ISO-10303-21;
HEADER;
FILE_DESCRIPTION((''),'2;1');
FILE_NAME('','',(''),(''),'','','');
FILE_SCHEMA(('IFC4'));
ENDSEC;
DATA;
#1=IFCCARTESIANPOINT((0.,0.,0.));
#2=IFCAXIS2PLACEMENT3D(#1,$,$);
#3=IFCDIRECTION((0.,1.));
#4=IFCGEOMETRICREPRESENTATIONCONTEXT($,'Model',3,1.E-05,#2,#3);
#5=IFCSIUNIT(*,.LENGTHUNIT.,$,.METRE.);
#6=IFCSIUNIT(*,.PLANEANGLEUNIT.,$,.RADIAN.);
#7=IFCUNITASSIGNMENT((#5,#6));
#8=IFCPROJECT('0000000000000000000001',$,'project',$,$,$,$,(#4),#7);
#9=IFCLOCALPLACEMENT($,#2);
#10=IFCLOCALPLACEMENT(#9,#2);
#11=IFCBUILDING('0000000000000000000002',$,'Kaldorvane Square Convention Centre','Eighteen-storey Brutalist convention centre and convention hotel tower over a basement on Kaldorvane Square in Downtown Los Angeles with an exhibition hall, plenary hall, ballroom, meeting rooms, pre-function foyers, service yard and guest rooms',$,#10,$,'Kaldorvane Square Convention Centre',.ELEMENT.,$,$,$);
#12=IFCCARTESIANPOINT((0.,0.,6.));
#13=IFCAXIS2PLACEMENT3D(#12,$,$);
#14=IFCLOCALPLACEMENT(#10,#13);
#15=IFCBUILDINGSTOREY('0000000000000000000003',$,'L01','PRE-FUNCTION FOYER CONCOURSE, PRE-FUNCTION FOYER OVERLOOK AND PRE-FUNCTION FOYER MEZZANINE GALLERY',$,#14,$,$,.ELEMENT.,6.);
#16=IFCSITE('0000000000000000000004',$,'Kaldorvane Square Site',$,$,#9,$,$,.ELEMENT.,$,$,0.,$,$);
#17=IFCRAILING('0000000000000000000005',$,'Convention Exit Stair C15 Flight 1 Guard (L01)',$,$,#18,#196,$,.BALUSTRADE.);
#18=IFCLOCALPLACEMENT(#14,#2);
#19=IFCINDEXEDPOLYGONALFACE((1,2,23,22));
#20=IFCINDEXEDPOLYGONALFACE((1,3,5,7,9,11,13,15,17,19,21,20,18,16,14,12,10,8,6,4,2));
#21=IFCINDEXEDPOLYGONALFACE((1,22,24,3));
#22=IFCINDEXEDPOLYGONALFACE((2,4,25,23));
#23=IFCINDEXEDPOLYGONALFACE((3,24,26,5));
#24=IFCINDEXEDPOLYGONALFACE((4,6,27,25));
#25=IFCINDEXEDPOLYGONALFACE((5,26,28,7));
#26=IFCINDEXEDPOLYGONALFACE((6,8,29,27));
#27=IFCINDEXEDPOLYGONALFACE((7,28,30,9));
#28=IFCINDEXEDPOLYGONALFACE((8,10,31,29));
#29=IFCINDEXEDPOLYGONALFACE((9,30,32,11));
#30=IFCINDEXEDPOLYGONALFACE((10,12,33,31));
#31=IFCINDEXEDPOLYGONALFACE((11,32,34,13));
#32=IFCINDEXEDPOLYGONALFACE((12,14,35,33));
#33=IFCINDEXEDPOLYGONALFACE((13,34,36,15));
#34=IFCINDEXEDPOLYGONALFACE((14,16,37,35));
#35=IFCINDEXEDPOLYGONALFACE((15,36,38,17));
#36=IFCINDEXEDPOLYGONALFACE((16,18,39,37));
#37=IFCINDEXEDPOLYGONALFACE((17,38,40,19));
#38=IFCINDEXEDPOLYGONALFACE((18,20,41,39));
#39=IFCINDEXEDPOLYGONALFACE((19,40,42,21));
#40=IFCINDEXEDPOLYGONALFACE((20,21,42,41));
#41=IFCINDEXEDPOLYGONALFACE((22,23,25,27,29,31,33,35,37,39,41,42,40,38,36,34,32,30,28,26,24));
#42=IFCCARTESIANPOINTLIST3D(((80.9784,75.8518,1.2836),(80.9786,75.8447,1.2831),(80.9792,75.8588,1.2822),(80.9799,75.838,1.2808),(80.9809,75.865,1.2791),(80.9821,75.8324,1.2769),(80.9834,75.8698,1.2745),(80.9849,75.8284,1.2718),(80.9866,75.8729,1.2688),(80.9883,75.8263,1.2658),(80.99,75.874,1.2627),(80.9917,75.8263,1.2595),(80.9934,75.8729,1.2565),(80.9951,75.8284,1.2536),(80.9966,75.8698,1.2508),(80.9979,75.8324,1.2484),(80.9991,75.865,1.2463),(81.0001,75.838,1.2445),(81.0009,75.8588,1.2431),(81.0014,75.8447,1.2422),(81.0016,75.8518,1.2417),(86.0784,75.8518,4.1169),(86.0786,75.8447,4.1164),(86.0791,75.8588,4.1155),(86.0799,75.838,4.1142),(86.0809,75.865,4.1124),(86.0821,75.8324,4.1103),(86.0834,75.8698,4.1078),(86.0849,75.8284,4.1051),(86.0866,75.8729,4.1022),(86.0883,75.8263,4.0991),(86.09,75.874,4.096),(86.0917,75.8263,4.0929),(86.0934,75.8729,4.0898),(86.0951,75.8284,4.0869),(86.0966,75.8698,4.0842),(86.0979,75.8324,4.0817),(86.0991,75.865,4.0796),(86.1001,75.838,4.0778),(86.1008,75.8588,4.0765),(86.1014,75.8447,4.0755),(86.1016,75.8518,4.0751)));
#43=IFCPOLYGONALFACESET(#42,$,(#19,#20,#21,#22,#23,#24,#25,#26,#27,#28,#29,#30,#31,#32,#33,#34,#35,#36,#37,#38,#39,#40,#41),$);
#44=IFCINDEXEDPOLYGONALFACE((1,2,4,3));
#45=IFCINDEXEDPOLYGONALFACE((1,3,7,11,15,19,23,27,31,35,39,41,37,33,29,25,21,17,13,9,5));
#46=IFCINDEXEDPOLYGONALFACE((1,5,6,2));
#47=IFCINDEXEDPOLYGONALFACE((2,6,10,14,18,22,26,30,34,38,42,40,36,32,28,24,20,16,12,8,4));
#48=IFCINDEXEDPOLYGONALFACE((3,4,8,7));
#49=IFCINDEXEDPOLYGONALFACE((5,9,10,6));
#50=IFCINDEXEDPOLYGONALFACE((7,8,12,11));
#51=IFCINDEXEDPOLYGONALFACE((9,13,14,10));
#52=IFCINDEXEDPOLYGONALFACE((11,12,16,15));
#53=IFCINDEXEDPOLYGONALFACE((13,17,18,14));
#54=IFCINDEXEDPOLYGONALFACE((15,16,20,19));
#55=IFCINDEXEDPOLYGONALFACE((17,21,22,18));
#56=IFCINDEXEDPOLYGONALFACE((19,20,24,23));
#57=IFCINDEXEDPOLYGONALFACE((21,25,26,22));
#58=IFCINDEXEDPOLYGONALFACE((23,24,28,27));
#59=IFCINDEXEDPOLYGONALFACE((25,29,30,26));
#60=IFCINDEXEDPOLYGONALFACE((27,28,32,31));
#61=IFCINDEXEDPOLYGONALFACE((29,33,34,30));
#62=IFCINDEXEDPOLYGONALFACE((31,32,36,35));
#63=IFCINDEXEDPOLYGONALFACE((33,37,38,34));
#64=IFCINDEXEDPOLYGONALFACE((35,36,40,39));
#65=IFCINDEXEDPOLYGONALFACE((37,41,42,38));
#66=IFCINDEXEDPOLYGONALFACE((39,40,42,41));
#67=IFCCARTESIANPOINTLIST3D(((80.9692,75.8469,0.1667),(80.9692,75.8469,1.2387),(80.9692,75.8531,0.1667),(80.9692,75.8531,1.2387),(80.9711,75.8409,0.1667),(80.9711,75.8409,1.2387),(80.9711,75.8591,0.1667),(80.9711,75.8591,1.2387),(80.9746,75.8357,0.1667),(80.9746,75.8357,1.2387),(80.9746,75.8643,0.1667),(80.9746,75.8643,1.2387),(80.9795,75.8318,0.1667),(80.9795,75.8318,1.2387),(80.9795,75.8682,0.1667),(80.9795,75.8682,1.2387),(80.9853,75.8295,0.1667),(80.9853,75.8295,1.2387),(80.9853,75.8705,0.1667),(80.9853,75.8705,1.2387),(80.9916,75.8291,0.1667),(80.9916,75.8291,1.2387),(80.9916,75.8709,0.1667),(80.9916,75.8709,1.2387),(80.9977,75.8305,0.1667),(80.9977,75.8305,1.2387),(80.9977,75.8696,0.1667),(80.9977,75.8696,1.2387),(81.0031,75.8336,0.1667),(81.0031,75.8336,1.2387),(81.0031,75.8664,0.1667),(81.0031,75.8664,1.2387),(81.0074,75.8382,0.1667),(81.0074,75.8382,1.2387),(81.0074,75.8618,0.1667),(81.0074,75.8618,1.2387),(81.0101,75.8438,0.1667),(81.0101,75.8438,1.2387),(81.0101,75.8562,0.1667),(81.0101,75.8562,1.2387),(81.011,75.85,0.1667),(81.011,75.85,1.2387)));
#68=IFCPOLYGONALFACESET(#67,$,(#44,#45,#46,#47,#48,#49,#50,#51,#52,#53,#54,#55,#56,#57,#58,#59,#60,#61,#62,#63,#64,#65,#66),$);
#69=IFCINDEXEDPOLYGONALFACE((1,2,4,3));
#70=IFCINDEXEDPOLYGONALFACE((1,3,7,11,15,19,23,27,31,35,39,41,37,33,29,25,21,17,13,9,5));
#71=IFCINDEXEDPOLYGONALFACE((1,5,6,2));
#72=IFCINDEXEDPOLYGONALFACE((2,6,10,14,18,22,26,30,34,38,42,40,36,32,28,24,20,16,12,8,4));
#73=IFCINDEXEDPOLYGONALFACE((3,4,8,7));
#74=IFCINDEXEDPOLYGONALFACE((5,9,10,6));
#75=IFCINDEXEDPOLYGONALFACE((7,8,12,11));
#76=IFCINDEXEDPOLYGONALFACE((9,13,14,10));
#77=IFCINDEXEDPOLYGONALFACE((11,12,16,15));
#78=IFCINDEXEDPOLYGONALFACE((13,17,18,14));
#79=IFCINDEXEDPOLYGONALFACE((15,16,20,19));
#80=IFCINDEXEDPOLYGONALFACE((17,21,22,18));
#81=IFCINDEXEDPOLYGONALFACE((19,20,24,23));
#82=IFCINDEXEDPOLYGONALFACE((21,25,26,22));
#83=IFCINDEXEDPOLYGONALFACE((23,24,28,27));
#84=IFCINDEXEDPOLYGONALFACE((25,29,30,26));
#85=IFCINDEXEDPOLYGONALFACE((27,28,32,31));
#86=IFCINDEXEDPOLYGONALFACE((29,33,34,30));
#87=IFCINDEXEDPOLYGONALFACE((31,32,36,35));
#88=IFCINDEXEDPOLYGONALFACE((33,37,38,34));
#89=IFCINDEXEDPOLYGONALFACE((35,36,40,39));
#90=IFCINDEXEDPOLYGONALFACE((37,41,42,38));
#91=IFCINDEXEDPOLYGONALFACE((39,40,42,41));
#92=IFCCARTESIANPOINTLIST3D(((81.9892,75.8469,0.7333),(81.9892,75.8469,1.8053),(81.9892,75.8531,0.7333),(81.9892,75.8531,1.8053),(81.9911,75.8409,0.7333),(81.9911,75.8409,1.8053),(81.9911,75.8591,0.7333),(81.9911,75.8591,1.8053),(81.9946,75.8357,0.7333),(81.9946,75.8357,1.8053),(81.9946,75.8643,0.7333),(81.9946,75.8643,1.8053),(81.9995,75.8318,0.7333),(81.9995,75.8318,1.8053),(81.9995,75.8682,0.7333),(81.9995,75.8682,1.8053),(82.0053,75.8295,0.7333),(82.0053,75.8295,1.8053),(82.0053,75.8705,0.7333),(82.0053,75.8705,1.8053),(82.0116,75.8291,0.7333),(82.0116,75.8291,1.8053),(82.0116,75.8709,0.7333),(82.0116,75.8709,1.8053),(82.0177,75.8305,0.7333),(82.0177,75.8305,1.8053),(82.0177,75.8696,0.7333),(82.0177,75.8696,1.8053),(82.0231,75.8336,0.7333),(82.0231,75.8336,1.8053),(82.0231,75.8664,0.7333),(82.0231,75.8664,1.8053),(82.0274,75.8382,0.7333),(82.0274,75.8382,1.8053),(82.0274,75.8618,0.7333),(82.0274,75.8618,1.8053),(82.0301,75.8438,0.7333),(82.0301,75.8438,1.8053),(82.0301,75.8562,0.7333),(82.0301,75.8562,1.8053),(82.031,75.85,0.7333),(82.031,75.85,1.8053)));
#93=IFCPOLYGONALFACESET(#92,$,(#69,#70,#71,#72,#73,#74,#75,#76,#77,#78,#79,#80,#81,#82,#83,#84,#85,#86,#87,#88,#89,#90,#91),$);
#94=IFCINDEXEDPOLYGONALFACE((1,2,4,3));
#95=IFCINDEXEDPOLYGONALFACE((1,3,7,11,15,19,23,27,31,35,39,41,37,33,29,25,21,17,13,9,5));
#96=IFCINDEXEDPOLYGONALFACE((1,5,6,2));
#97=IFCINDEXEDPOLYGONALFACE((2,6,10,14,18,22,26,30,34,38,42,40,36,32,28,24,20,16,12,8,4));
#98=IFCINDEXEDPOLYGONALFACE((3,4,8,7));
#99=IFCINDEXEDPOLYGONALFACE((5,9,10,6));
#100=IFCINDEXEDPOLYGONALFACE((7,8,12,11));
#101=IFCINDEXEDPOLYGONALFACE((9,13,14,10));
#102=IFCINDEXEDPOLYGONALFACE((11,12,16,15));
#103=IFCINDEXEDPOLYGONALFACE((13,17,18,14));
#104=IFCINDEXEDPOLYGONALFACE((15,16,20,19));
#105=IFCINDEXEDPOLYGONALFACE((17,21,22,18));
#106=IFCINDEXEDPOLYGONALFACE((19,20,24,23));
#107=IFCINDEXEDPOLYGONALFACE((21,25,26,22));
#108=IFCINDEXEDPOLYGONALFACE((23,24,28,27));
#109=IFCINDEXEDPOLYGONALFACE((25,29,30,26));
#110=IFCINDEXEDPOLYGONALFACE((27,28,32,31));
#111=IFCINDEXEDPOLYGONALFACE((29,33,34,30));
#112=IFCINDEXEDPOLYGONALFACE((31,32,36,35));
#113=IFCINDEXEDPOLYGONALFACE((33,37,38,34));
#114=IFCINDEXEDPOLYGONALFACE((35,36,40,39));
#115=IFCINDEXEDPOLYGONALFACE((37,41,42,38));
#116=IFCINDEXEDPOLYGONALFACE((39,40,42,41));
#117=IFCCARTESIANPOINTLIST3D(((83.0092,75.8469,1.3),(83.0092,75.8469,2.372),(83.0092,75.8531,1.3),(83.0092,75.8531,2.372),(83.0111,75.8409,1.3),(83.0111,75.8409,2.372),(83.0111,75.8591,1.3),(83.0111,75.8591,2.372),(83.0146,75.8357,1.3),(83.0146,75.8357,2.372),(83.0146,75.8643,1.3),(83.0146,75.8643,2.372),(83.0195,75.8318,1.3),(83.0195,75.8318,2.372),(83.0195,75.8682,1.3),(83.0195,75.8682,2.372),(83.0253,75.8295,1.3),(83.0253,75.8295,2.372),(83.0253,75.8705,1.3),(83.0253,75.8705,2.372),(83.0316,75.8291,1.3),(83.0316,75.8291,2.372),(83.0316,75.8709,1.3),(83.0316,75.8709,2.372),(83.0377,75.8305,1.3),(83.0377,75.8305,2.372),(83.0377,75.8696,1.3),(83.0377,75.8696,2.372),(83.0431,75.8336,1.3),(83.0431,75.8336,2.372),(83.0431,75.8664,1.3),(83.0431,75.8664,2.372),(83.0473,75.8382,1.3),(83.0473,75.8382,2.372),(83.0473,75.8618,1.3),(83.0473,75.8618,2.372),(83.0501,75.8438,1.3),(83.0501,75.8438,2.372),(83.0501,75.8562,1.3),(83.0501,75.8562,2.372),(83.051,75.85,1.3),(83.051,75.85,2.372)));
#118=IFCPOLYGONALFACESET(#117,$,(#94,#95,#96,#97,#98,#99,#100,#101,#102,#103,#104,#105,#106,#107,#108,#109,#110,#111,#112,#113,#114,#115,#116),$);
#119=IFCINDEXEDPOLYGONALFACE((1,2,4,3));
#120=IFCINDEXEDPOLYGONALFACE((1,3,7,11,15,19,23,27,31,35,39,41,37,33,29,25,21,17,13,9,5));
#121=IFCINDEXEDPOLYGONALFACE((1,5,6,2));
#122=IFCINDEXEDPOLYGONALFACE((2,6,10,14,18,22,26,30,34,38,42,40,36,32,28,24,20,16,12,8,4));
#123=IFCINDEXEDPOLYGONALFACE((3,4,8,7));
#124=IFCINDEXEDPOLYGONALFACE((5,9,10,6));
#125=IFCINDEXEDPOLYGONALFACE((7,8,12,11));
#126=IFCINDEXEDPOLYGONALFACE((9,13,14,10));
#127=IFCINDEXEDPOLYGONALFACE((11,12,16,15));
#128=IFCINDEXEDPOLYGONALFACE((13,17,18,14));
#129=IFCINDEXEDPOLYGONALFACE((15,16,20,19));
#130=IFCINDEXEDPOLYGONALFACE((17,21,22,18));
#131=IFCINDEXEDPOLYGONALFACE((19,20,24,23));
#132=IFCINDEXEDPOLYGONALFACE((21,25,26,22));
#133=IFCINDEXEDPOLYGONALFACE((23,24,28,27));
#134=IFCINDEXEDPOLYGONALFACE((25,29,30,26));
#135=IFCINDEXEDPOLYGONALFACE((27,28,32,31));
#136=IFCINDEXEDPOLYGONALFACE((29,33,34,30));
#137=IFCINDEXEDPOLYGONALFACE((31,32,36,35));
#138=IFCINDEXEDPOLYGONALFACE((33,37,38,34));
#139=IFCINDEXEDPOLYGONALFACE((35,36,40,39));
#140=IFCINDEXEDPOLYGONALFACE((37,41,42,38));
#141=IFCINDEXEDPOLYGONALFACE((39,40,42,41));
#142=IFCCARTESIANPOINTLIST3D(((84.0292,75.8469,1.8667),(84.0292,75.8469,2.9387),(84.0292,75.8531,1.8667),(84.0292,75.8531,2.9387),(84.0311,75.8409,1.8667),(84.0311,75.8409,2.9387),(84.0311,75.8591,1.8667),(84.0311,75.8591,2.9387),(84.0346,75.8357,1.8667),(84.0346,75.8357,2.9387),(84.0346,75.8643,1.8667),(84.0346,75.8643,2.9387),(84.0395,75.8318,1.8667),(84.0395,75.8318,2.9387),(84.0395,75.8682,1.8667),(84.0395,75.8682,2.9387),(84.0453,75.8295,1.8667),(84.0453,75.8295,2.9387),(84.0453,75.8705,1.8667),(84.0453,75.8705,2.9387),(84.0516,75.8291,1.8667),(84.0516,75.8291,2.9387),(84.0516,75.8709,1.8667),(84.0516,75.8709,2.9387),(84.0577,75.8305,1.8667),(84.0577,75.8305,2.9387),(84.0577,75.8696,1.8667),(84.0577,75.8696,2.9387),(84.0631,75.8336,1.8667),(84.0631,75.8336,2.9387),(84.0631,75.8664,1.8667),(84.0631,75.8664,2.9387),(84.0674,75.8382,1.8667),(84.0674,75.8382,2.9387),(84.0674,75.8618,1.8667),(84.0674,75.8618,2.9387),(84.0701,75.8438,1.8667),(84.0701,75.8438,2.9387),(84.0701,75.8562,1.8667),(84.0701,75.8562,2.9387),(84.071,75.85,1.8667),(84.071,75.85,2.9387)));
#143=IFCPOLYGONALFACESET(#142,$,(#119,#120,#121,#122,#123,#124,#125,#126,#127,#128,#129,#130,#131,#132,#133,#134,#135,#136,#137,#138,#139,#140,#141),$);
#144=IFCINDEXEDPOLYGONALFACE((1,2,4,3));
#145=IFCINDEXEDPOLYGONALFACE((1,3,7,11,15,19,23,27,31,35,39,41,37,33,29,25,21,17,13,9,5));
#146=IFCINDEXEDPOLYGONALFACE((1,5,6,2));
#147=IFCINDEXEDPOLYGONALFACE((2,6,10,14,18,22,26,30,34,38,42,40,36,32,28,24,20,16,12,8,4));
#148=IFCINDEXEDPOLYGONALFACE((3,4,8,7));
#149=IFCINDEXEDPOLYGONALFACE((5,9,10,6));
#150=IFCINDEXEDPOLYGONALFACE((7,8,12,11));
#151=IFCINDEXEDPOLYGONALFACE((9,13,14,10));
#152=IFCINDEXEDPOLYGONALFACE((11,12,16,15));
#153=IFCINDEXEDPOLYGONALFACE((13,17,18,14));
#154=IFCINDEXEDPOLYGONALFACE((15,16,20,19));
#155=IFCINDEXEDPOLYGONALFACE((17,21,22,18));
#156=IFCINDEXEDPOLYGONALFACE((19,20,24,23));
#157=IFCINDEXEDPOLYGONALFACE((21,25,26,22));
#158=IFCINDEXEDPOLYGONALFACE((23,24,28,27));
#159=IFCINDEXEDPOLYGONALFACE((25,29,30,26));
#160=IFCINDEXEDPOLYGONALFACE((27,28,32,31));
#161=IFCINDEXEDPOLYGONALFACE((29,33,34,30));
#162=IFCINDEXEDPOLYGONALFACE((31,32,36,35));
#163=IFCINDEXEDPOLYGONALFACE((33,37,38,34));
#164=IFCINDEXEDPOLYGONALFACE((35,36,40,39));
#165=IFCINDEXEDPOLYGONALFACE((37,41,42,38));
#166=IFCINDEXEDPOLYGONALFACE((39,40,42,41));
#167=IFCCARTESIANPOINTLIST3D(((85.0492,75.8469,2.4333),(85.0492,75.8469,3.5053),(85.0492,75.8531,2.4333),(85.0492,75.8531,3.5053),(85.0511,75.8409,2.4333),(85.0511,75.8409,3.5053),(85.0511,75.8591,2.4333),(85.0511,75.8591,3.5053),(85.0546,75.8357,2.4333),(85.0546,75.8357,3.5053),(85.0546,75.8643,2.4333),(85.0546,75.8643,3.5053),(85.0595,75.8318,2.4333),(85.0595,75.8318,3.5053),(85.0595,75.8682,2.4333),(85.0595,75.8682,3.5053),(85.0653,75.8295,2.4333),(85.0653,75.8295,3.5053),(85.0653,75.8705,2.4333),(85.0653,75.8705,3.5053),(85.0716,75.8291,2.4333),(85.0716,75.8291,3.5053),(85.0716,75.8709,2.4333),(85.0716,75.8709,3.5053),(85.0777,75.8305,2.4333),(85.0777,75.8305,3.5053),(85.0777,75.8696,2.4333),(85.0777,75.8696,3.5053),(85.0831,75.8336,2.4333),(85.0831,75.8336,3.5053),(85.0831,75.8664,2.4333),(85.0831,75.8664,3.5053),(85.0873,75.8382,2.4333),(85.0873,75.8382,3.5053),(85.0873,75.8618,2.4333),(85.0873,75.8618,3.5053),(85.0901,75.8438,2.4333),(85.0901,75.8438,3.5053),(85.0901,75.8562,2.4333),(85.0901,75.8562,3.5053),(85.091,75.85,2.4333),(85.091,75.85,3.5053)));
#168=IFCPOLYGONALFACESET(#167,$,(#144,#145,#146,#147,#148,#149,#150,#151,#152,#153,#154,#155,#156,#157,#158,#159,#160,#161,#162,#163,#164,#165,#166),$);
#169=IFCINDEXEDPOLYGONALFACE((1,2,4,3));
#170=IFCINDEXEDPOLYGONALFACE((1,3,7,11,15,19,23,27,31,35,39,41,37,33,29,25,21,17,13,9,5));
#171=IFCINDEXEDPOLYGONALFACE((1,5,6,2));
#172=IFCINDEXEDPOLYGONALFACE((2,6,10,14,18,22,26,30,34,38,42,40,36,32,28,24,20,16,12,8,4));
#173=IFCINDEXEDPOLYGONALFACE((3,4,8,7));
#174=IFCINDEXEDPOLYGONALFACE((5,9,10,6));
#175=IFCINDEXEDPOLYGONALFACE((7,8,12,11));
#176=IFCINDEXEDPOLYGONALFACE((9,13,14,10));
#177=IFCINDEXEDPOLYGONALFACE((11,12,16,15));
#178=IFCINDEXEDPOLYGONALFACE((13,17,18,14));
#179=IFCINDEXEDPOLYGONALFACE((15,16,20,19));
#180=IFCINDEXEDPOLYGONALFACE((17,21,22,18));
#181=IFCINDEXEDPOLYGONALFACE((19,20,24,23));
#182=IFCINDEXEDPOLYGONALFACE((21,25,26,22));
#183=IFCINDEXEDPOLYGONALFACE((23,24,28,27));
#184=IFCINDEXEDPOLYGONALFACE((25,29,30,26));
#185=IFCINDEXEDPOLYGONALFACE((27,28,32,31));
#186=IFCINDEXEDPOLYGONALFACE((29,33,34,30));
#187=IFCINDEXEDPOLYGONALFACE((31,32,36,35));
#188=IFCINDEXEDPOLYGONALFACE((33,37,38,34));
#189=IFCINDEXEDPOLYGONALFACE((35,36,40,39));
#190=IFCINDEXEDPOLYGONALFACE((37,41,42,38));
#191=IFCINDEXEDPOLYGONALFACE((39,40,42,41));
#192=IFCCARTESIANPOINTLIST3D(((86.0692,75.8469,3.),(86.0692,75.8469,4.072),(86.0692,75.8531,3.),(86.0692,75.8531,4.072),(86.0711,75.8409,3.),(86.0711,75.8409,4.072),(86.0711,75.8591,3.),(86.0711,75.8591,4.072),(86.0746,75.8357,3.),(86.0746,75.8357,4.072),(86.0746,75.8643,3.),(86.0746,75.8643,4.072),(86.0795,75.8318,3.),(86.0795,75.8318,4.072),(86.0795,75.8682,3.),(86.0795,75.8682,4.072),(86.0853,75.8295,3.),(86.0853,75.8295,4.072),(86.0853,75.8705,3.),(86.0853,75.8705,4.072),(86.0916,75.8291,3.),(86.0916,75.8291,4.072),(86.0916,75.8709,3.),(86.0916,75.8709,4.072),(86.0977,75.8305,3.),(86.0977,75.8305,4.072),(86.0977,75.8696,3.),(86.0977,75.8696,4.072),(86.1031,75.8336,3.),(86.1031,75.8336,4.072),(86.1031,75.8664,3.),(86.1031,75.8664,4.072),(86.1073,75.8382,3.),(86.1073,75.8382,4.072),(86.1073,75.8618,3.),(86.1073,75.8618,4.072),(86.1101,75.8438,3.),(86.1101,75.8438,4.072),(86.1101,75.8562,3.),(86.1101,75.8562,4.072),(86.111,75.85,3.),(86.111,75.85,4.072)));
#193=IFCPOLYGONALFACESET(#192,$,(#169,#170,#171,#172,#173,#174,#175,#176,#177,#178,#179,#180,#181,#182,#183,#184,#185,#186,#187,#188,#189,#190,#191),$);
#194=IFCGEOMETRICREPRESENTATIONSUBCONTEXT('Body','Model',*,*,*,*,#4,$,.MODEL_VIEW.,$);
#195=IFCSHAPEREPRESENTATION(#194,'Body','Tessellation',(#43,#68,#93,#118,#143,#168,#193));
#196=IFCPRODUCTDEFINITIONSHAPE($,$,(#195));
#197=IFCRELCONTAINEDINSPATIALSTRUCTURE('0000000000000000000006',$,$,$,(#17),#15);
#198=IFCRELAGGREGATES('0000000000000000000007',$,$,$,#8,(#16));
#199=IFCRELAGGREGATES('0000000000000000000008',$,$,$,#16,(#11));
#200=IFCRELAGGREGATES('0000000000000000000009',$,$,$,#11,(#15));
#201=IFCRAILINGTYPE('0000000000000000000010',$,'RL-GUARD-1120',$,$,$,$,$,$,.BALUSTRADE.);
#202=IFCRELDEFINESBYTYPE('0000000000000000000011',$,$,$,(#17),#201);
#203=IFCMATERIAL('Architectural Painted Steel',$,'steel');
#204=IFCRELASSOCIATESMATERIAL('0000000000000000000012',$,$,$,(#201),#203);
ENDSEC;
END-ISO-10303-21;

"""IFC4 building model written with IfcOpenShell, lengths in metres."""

from ifc_helpers import new_model, si_unit, direction, frame, origin, origin_2d, place, context, subcontext, project, spatial, circle, extrude, material, type_object, element, save


model = new_model("IFC4")

# Units and contexts
model_context = context("Model", 3, precision=1e-05, world=origin(), true_north=direction((0.0, 1.0)))
body_context = subcontext(model_context, "Body", "Model", "MODEL_VIEW")
ifc_project = project(units=[si_unit("LENGTHUNIT", "METRE"), si_unit("PLANEANGLEUNIT", "RADIAN")], contexts=[model_context])

# Site, building, storey
site_placement = place(None, origin())
site = spatial("IfcSite", under=ifc_project, at=site_placement, Name="Kaldorvane Square Site", CompositionType="ELEMENT", RefElevation=0.0)
building_placement = place(site_placement, origin())
building = spatial("IfcBuilding", under=site, at=building_placement, Name="Kaldorvane Square Convention Centre", Description="Eighteen-storey Brutalist convention centre and convention hotel tower over a basement on Kaldorvane Square in Downtown Los Angeles with an exhibition hall, plenary hall, ballroom, meeting rooms, pre-function foyers, service yard and guest rooms", LongName="Kaldorvane Square Convention Centre", CompositionType="ELEMENT")
storey_placement = place(building_placement, frame((0.0, 0.0, 6.0)))
storey = spatial("IfcBuildingStorey", under=building, at=storey_placement, Name="L01", Description="PRE-FUNCTION FOYER CONCOURSE, PRE-FUNCTION FOYER OVERLOOK AND PRE-FUNCTION FOYER MEZZANINE GALLERY", CompositionType="ELEMENT", Elevation=6.0)

# Railing
ifc_material_1 = material(Name="Architectural Painted Steel", Category="steel")
railing_type_1 = type_object("IfcRailingType", Name="RL-GUARD-1120", PredefinedType="BALUSTRADE", material=ifc_material_1)
railing_1_placement = place(storey_placement, frame((80.99, 75.85, 0.1667)))
element("IfcRailing", 1, at=railing_1_placement, inside=storey, type_object=railing_type_1, Name="Convention Exit Stair C15 Flight 1 Guard (L01)", PredefinedType="BALUSTRADE", context=body_context, shape_type="SweptSolid", body=[
    extrude(circle(Radius=0.024, at=origin_2d()), frame((0.0, 0.0, 1.096), z_axis=(0.874157, 0.0, 0.485643), x_axis=(0.0, 1.0, 0.0)), (0.0, 0.0, 1.0), 5.8342),
    extrude(circle(Radius=0.021, at=origin_2d()), origin(), (0.0, 0.0, 1.0), 1.072),
    extrude(circle(Radius=0.021, at=origin_2d()), frame((1.02, 0.0, 0.5667)), (0.0, 0.0, 1.0), 1.072),
    extrude(circle(Radius=0.021, at=origin_2d()), frame((2.04, 0.0, 1.1333)), (0.0, 0.0, 1.0), 1.072),
    extrude(circle(Radius=0.021, at=origin_2d()), frame((3.06, 0.0, 1.7)), (0.0, 0.0, 1.0), 1.072),
    extrude(circle(Radius=0.021, at=origin_2d()), frame((4.08, 0.0, 2.2667)), (0.0, 0.0, 1.0), 1.072),
    extrude(circle(Radius=0.021, at=origin_2d()), frame((5.1, 0.0, 2.8333)), (0.0, 0.0, 1.0), 1.072),
])

save(model, "model.ifc")
